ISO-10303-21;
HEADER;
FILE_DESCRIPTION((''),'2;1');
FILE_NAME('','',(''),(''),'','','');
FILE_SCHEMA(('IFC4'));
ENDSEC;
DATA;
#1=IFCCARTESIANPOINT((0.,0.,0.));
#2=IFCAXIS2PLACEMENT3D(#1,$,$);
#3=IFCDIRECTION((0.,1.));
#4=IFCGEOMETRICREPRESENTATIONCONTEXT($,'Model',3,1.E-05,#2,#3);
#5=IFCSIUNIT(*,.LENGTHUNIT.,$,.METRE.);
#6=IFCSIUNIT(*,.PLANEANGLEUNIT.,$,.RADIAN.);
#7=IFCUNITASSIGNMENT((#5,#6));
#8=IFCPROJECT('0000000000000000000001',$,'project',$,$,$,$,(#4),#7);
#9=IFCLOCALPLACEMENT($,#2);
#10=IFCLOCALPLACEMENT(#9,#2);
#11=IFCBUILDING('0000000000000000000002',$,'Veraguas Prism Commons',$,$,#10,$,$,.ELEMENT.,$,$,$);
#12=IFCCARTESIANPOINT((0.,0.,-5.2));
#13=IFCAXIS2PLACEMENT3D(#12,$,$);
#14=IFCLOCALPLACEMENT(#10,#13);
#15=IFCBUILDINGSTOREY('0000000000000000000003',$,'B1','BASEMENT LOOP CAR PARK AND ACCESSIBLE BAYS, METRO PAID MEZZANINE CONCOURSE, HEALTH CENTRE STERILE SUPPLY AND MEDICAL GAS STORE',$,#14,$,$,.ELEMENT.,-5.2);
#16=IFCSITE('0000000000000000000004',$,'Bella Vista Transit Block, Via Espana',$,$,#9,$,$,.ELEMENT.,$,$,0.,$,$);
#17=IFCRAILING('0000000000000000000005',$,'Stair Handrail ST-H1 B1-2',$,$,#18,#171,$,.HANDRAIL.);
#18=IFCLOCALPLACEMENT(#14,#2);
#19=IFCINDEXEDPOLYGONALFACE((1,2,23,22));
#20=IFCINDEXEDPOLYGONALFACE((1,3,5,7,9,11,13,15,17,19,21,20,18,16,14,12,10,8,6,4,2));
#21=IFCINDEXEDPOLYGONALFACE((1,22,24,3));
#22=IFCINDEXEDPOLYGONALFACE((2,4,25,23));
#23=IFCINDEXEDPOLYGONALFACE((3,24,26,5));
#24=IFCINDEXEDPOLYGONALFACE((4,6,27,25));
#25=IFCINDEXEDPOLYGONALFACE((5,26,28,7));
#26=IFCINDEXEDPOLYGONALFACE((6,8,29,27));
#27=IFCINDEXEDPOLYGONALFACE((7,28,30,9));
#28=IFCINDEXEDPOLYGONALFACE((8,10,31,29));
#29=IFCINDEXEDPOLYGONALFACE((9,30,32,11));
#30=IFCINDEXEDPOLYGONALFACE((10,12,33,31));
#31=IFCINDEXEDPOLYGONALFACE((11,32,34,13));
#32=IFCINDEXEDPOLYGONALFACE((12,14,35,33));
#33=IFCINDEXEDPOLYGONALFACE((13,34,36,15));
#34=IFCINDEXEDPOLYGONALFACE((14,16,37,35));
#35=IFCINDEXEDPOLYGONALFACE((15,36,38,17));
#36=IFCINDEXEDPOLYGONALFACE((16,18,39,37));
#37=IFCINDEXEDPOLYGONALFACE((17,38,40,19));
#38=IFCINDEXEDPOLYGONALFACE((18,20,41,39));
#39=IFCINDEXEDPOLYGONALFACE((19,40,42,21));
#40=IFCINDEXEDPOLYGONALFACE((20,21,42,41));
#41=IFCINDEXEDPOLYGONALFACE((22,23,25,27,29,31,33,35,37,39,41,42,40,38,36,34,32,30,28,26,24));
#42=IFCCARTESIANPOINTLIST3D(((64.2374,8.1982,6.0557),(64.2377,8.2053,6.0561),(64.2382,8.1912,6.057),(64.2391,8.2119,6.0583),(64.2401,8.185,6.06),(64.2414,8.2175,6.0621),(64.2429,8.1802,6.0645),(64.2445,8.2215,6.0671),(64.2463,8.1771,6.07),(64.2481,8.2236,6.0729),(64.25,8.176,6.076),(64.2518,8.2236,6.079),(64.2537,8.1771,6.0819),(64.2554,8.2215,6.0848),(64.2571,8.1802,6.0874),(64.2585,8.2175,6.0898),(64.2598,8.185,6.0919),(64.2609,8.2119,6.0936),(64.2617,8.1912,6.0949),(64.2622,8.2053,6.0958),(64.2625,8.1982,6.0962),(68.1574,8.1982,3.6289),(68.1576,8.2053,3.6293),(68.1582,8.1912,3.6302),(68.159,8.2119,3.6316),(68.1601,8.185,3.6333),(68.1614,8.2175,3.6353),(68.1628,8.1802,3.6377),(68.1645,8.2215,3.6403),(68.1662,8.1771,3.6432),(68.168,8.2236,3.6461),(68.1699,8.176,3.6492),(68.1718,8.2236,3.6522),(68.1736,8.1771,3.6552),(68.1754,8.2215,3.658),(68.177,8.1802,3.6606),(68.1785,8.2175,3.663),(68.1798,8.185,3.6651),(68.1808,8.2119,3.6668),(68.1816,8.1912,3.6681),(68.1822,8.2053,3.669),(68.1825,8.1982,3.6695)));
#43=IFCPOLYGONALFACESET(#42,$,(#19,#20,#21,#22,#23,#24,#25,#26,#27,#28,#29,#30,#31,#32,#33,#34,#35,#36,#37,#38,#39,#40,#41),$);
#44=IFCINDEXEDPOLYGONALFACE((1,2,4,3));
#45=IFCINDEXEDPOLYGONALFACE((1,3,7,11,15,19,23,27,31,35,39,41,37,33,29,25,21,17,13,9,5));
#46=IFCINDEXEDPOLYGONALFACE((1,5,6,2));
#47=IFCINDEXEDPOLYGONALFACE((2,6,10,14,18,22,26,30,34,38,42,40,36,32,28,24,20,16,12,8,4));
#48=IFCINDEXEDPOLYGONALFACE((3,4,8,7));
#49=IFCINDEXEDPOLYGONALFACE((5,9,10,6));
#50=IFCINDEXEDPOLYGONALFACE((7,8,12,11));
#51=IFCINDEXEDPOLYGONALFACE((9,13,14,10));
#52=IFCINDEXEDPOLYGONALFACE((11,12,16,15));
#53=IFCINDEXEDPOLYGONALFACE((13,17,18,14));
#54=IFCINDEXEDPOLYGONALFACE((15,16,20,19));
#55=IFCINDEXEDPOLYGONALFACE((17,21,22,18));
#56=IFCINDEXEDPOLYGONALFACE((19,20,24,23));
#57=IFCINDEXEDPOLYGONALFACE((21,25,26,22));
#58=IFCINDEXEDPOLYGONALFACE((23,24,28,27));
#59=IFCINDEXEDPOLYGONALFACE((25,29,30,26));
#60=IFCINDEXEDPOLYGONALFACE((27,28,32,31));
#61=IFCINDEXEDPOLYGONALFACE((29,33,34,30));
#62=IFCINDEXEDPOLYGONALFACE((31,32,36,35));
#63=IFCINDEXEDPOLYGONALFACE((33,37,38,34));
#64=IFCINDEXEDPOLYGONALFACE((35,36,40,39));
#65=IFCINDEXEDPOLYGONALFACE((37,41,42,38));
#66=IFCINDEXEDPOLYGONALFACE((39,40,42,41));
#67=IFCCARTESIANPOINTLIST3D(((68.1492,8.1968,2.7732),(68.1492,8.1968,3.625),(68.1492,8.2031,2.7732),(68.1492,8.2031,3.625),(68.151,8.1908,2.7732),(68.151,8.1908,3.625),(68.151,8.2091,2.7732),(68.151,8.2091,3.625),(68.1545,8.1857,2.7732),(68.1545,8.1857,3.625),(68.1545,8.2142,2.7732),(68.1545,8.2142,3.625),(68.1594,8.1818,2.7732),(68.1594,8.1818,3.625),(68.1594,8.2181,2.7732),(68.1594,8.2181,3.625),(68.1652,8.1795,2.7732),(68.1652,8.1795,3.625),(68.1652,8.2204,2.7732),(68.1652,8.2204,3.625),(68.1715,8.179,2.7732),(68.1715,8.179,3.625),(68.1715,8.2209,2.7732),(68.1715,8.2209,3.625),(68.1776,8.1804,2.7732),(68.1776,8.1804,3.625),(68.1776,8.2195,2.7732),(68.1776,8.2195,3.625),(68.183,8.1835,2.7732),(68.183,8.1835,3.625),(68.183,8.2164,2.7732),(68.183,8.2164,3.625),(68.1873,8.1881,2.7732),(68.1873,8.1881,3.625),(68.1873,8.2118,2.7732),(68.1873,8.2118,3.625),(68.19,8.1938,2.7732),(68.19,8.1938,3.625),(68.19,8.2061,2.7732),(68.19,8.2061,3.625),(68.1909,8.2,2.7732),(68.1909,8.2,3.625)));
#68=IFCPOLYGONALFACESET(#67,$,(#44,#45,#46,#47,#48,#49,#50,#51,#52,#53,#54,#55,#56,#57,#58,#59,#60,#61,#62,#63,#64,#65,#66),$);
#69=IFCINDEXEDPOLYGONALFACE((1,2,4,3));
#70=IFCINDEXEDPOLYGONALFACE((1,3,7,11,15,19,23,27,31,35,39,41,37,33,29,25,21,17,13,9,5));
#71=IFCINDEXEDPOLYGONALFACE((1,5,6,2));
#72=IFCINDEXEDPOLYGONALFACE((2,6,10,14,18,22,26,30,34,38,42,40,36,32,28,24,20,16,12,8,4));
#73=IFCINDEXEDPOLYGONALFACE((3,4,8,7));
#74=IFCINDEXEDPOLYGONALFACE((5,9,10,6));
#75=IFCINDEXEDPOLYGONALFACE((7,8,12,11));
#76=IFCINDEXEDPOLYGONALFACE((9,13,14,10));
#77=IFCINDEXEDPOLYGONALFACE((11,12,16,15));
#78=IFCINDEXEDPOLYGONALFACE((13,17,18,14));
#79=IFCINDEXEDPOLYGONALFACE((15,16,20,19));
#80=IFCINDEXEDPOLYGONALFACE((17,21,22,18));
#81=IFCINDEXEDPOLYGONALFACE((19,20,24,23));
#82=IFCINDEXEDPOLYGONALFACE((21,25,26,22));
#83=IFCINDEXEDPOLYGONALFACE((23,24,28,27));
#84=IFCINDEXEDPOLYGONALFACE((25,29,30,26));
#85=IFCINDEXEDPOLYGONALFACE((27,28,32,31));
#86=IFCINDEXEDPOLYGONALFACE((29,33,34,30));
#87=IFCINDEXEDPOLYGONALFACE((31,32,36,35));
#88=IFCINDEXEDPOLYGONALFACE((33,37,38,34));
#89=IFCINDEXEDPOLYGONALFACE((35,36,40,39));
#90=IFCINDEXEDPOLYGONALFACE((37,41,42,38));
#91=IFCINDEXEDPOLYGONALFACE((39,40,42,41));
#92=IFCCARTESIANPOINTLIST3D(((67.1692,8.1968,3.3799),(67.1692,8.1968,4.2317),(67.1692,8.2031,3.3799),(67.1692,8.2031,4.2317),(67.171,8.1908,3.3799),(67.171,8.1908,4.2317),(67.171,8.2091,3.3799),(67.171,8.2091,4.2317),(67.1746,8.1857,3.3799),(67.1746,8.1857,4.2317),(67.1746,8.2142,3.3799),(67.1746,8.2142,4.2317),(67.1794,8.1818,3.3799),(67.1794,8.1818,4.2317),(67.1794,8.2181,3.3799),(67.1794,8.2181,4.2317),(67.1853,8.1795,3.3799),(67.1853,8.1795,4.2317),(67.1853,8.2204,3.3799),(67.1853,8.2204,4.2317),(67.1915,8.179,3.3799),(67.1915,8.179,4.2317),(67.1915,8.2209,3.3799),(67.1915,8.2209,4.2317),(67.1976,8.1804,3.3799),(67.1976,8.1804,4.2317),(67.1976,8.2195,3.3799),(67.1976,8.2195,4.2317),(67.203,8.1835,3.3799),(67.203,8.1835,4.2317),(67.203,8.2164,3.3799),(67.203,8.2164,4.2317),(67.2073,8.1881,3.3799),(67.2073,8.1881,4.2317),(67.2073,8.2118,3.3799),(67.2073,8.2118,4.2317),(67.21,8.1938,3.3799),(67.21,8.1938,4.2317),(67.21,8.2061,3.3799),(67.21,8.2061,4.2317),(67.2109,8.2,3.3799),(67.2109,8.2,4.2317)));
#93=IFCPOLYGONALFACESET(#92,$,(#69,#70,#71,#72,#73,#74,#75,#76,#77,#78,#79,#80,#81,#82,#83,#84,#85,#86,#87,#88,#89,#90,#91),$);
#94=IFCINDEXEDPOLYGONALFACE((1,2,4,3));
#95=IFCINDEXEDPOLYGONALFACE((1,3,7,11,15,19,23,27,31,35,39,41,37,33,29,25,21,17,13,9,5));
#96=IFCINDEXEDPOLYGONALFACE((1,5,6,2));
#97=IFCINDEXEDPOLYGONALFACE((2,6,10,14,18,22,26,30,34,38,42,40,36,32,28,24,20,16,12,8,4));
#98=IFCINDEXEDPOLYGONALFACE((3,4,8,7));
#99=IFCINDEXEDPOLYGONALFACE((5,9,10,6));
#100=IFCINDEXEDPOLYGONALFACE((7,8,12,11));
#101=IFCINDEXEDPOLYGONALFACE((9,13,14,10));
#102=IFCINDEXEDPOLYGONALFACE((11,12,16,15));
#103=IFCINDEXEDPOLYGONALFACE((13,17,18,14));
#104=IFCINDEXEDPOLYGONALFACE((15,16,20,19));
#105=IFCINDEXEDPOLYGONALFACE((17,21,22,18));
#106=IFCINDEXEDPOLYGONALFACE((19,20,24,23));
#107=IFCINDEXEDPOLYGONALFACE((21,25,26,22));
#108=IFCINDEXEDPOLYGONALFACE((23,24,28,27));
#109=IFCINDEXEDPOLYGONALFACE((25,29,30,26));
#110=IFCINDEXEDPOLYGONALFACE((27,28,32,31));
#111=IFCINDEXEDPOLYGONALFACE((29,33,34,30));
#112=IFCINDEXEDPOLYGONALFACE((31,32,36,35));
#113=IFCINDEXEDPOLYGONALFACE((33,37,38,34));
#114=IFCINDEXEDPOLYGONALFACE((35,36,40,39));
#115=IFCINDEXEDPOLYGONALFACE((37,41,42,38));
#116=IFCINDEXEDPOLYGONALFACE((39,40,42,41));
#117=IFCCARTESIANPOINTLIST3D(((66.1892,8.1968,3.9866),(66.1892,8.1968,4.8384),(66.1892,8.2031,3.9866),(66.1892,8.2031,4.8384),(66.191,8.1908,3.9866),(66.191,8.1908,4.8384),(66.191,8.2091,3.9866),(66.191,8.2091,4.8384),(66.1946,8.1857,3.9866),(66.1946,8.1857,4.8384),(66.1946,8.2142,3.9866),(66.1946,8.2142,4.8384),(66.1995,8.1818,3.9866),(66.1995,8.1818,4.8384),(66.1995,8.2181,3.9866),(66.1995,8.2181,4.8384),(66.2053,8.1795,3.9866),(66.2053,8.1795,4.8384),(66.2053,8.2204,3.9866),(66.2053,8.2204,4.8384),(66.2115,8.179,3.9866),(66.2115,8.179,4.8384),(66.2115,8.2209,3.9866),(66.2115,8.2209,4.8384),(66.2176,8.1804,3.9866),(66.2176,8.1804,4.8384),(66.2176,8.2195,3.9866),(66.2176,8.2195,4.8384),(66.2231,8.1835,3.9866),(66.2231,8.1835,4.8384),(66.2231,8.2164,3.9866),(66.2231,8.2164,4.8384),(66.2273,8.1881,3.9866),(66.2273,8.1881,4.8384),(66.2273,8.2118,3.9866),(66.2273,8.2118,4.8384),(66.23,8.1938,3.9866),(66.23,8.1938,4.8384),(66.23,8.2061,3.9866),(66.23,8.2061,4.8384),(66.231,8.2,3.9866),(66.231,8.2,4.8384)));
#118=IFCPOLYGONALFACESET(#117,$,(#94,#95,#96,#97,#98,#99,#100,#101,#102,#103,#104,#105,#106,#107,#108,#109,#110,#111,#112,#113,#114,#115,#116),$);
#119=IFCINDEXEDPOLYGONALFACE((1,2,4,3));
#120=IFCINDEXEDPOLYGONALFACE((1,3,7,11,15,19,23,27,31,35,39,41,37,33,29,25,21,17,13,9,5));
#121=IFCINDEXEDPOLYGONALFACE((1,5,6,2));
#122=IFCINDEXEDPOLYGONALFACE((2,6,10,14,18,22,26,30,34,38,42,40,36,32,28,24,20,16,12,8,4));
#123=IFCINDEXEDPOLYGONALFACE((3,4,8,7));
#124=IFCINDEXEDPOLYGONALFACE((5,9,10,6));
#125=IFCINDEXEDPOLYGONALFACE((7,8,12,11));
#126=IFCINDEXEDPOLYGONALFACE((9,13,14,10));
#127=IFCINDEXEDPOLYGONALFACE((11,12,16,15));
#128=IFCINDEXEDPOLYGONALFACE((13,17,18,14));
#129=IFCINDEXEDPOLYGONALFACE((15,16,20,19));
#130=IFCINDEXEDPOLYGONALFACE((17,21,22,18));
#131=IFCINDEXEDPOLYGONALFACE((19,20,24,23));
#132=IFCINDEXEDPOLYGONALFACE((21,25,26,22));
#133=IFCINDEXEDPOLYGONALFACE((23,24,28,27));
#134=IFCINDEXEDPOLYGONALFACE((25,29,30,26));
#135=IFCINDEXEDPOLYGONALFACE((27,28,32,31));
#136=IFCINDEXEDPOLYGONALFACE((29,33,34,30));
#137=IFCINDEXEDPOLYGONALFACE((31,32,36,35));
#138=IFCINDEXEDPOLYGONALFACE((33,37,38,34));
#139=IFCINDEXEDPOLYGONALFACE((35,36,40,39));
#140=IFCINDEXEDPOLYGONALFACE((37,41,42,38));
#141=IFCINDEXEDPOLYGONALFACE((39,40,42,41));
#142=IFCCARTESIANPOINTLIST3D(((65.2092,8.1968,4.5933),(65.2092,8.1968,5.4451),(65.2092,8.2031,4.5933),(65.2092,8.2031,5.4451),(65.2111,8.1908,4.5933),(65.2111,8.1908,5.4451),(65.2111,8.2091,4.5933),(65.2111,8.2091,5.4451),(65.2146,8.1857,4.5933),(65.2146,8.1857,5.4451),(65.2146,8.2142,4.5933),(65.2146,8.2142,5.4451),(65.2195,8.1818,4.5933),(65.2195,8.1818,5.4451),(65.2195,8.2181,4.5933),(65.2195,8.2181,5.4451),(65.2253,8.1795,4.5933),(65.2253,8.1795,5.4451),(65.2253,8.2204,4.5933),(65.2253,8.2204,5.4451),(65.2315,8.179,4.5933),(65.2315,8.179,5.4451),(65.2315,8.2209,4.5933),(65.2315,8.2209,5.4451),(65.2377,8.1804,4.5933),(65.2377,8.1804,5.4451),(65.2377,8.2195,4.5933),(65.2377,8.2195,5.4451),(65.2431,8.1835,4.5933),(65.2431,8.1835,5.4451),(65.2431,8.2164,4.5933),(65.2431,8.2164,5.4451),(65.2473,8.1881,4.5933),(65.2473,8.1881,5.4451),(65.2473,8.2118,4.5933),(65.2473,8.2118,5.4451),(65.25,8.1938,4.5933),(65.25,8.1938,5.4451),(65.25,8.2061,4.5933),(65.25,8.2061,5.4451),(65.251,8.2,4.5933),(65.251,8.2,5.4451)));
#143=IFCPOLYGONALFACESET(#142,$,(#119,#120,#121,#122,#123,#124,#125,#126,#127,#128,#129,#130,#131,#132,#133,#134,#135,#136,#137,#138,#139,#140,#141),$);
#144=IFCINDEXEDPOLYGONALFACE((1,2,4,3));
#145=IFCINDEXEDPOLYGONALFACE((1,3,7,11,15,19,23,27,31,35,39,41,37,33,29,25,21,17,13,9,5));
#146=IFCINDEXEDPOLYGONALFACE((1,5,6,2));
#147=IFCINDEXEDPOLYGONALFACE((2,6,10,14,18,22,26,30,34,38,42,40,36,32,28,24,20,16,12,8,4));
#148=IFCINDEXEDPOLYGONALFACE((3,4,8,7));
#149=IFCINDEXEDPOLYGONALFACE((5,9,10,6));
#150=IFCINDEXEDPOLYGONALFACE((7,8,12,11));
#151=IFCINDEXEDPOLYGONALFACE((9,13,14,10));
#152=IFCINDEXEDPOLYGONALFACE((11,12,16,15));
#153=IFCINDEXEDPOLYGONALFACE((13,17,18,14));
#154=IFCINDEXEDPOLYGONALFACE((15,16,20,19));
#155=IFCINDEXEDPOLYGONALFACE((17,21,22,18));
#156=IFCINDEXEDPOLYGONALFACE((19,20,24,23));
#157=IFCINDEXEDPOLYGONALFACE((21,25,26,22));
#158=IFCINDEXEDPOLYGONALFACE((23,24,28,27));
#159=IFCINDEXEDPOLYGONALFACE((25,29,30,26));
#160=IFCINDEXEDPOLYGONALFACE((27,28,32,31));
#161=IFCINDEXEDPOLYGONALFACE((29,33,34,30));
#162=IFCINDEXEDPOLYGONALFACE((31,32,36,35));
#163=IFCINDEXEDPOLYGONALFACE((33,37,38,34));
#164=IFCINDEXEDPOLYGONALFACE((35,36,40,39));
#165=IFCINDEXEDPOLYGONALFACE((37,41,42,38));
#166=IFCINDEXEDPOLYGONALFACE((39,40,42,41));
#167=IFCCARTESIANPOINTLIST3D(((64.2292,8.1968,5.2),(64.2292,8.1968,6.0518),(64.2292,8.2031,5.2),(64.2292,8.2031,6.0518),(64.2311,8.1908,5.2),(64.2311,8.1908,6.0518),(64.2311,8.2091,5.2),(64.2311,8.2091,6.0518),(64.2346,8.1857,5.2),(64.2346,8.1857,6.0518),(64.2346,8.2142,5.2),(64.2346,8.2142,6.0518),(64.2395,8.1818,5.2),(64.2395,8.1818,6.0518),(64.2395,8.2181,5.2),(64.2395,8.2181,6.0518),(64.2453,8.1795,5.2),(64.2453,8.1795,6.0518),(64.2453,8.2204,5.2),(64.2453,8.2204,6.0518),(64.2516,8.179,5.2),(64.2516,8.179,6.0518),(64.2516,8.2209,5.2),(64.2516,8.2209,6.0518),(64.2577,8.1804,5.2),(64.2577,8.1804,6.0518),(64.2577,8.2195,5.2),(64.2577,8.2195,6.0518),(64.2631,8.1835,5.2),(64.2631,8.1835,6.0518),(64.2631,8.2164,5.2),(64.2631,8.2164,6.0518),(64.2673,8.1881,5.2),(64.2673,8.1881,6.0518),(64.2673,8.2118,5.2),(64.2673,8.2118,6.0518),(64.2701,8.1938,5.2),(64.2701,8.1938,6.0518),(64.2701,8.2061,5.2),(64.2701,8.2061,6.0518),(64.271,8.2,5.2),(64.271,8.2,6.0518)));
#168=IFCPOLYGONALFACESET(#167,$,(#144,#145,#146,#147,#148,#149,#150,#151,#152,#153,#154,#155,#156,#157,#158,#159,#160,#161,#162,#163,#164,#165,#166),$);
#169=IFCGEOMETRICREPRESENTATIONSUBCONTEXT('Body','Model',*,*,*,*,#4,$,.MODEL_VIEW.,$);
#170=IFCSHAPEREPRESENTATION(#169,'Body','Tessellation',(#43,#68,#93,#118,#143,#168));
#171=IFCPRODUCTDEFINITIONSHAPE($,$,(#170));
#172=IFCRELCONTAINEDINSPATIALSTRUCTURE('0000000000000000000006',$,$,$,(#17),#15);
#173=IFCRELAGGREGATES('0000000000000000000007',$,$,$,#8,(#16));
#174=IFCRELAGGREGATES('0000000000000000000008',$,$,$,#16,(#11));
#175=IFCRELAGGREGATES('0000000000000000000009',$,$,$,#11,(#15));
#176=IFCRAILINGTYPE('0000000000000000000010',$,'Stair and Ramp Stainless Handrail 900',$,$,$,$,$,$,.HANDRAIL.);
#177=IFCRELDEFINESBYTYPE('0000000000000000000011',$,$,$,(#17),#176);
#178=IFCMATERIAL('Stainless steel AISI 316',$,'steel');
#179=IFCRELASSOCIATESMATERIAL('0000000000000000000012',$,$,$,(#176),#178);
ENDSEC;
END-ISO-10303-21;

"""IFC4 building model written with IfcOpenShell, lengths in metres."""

from ifc_helpers import new_model, si_unit, direction, frame, origin, origin_2d, place, context, subcontext, project, spatial, circle, extrude, material, type_object, element, save


model = new_model("IFC4")

# Units and contexts
model_context = context("Model", 3, precision=1e-05, world=origin(), true_north=direction((0.0, 1.0)))
body_context = subcontext(model_context, "Body", "Model", "MODEL_VIEW")
ifc_project = project(units=[si_unit("LENGTHUNIT", "METRE"), si_unit("PLANEANGLEUNIT", "RADIAN")], contexts=[model_context])

# Site, building, storey
site_placement = place(None, origin())
site = spatial("IfcSite", under=ifc_project, at=site_placement, Name="Bella Vista Transit Block, Via Espana", CompositionType="ELEMENT", RefElevation=0.0)
building_placement = place(site_placement, origin())
building = spatial("IfcBuilding", under=site, at=building_placement, Name="Veraguas Prism Commons", CompositionType="ELEMENT")
storey_placement = place(building_placement, frame((0.0, 0.0, -5.2)))
storey = spatial("IfcBuildingStorey", under=building, at=storey_placement, Name="B1", Description="BASEMENT LOOP CAR PARK AND ACCESSIBLE BAYS, METRO PAID MEZZANINE CONCOURSE, HEALTH CENTRE STERILE SUPPLY AND MEDICAL GAS STORE", CompositionType="ELEMENT", Elevation=-5.2)

# Shared definitions
ifc_material_1 = material(Name="Stainless steel AISI 316", Category="steel")

# Railing
railing_type_1 = type_object("IfcRailingType", Name="Stair and Ramp Stainless Handrail 900", PredefinedType="HANDRAIL", material=ifc_material_1)
railing_1_placement = place(storey_placement, frame((68.1699, 8.2, 2.7732)))
element("IfcRailing", 1, at=railing_1_placement, inside=storey, type_object=railing_type_1, Name="Stair Handrail ST-H1 B1-2", PredefinedType="HANDRAIL", context=body_context, shape_type="SweptSolid", body=[
    extrude(circle(Radius=0.0239, at=origin_2d()), frame((0.0, 0.0, 0.876), z_axis=(-0.850252, 0.0, 0.526376), x_axis=(0.0, -1.0, 0.0)), (0.0, 0.0, 1.0), 4.6104),
    extrude(circle(Radius=0.021, at=origin_2d()), origin(), (0.0, 0.0, 1.0), 0.8518),
    extrude(circle(Radius=0.021, at=origin_2d()), frame((-0.98, 0.0, 0.6067)), (0.0, 0.0, 1.0), 0.8518),
    extrude(circle(Radius=0.021, at=origin_2d()), frame((-1.96, 0.0, 1.2134)), (0.0, 0.0, 1.0), 0.8518),
    extrude(circle(Radius=0.021, at=origin_2d()), frame((-2.9399, 0.0, 1.8201)), (0.0, 0.0, 1.0), 0.8518),
    extrude(circle(Radius=0.021, at=origin_2d()), frame((-3.9199, 0.0, 2.4268)), (0.0, 0.0, 1.0), 0.8518),
])

save(model, "model.ifc")
